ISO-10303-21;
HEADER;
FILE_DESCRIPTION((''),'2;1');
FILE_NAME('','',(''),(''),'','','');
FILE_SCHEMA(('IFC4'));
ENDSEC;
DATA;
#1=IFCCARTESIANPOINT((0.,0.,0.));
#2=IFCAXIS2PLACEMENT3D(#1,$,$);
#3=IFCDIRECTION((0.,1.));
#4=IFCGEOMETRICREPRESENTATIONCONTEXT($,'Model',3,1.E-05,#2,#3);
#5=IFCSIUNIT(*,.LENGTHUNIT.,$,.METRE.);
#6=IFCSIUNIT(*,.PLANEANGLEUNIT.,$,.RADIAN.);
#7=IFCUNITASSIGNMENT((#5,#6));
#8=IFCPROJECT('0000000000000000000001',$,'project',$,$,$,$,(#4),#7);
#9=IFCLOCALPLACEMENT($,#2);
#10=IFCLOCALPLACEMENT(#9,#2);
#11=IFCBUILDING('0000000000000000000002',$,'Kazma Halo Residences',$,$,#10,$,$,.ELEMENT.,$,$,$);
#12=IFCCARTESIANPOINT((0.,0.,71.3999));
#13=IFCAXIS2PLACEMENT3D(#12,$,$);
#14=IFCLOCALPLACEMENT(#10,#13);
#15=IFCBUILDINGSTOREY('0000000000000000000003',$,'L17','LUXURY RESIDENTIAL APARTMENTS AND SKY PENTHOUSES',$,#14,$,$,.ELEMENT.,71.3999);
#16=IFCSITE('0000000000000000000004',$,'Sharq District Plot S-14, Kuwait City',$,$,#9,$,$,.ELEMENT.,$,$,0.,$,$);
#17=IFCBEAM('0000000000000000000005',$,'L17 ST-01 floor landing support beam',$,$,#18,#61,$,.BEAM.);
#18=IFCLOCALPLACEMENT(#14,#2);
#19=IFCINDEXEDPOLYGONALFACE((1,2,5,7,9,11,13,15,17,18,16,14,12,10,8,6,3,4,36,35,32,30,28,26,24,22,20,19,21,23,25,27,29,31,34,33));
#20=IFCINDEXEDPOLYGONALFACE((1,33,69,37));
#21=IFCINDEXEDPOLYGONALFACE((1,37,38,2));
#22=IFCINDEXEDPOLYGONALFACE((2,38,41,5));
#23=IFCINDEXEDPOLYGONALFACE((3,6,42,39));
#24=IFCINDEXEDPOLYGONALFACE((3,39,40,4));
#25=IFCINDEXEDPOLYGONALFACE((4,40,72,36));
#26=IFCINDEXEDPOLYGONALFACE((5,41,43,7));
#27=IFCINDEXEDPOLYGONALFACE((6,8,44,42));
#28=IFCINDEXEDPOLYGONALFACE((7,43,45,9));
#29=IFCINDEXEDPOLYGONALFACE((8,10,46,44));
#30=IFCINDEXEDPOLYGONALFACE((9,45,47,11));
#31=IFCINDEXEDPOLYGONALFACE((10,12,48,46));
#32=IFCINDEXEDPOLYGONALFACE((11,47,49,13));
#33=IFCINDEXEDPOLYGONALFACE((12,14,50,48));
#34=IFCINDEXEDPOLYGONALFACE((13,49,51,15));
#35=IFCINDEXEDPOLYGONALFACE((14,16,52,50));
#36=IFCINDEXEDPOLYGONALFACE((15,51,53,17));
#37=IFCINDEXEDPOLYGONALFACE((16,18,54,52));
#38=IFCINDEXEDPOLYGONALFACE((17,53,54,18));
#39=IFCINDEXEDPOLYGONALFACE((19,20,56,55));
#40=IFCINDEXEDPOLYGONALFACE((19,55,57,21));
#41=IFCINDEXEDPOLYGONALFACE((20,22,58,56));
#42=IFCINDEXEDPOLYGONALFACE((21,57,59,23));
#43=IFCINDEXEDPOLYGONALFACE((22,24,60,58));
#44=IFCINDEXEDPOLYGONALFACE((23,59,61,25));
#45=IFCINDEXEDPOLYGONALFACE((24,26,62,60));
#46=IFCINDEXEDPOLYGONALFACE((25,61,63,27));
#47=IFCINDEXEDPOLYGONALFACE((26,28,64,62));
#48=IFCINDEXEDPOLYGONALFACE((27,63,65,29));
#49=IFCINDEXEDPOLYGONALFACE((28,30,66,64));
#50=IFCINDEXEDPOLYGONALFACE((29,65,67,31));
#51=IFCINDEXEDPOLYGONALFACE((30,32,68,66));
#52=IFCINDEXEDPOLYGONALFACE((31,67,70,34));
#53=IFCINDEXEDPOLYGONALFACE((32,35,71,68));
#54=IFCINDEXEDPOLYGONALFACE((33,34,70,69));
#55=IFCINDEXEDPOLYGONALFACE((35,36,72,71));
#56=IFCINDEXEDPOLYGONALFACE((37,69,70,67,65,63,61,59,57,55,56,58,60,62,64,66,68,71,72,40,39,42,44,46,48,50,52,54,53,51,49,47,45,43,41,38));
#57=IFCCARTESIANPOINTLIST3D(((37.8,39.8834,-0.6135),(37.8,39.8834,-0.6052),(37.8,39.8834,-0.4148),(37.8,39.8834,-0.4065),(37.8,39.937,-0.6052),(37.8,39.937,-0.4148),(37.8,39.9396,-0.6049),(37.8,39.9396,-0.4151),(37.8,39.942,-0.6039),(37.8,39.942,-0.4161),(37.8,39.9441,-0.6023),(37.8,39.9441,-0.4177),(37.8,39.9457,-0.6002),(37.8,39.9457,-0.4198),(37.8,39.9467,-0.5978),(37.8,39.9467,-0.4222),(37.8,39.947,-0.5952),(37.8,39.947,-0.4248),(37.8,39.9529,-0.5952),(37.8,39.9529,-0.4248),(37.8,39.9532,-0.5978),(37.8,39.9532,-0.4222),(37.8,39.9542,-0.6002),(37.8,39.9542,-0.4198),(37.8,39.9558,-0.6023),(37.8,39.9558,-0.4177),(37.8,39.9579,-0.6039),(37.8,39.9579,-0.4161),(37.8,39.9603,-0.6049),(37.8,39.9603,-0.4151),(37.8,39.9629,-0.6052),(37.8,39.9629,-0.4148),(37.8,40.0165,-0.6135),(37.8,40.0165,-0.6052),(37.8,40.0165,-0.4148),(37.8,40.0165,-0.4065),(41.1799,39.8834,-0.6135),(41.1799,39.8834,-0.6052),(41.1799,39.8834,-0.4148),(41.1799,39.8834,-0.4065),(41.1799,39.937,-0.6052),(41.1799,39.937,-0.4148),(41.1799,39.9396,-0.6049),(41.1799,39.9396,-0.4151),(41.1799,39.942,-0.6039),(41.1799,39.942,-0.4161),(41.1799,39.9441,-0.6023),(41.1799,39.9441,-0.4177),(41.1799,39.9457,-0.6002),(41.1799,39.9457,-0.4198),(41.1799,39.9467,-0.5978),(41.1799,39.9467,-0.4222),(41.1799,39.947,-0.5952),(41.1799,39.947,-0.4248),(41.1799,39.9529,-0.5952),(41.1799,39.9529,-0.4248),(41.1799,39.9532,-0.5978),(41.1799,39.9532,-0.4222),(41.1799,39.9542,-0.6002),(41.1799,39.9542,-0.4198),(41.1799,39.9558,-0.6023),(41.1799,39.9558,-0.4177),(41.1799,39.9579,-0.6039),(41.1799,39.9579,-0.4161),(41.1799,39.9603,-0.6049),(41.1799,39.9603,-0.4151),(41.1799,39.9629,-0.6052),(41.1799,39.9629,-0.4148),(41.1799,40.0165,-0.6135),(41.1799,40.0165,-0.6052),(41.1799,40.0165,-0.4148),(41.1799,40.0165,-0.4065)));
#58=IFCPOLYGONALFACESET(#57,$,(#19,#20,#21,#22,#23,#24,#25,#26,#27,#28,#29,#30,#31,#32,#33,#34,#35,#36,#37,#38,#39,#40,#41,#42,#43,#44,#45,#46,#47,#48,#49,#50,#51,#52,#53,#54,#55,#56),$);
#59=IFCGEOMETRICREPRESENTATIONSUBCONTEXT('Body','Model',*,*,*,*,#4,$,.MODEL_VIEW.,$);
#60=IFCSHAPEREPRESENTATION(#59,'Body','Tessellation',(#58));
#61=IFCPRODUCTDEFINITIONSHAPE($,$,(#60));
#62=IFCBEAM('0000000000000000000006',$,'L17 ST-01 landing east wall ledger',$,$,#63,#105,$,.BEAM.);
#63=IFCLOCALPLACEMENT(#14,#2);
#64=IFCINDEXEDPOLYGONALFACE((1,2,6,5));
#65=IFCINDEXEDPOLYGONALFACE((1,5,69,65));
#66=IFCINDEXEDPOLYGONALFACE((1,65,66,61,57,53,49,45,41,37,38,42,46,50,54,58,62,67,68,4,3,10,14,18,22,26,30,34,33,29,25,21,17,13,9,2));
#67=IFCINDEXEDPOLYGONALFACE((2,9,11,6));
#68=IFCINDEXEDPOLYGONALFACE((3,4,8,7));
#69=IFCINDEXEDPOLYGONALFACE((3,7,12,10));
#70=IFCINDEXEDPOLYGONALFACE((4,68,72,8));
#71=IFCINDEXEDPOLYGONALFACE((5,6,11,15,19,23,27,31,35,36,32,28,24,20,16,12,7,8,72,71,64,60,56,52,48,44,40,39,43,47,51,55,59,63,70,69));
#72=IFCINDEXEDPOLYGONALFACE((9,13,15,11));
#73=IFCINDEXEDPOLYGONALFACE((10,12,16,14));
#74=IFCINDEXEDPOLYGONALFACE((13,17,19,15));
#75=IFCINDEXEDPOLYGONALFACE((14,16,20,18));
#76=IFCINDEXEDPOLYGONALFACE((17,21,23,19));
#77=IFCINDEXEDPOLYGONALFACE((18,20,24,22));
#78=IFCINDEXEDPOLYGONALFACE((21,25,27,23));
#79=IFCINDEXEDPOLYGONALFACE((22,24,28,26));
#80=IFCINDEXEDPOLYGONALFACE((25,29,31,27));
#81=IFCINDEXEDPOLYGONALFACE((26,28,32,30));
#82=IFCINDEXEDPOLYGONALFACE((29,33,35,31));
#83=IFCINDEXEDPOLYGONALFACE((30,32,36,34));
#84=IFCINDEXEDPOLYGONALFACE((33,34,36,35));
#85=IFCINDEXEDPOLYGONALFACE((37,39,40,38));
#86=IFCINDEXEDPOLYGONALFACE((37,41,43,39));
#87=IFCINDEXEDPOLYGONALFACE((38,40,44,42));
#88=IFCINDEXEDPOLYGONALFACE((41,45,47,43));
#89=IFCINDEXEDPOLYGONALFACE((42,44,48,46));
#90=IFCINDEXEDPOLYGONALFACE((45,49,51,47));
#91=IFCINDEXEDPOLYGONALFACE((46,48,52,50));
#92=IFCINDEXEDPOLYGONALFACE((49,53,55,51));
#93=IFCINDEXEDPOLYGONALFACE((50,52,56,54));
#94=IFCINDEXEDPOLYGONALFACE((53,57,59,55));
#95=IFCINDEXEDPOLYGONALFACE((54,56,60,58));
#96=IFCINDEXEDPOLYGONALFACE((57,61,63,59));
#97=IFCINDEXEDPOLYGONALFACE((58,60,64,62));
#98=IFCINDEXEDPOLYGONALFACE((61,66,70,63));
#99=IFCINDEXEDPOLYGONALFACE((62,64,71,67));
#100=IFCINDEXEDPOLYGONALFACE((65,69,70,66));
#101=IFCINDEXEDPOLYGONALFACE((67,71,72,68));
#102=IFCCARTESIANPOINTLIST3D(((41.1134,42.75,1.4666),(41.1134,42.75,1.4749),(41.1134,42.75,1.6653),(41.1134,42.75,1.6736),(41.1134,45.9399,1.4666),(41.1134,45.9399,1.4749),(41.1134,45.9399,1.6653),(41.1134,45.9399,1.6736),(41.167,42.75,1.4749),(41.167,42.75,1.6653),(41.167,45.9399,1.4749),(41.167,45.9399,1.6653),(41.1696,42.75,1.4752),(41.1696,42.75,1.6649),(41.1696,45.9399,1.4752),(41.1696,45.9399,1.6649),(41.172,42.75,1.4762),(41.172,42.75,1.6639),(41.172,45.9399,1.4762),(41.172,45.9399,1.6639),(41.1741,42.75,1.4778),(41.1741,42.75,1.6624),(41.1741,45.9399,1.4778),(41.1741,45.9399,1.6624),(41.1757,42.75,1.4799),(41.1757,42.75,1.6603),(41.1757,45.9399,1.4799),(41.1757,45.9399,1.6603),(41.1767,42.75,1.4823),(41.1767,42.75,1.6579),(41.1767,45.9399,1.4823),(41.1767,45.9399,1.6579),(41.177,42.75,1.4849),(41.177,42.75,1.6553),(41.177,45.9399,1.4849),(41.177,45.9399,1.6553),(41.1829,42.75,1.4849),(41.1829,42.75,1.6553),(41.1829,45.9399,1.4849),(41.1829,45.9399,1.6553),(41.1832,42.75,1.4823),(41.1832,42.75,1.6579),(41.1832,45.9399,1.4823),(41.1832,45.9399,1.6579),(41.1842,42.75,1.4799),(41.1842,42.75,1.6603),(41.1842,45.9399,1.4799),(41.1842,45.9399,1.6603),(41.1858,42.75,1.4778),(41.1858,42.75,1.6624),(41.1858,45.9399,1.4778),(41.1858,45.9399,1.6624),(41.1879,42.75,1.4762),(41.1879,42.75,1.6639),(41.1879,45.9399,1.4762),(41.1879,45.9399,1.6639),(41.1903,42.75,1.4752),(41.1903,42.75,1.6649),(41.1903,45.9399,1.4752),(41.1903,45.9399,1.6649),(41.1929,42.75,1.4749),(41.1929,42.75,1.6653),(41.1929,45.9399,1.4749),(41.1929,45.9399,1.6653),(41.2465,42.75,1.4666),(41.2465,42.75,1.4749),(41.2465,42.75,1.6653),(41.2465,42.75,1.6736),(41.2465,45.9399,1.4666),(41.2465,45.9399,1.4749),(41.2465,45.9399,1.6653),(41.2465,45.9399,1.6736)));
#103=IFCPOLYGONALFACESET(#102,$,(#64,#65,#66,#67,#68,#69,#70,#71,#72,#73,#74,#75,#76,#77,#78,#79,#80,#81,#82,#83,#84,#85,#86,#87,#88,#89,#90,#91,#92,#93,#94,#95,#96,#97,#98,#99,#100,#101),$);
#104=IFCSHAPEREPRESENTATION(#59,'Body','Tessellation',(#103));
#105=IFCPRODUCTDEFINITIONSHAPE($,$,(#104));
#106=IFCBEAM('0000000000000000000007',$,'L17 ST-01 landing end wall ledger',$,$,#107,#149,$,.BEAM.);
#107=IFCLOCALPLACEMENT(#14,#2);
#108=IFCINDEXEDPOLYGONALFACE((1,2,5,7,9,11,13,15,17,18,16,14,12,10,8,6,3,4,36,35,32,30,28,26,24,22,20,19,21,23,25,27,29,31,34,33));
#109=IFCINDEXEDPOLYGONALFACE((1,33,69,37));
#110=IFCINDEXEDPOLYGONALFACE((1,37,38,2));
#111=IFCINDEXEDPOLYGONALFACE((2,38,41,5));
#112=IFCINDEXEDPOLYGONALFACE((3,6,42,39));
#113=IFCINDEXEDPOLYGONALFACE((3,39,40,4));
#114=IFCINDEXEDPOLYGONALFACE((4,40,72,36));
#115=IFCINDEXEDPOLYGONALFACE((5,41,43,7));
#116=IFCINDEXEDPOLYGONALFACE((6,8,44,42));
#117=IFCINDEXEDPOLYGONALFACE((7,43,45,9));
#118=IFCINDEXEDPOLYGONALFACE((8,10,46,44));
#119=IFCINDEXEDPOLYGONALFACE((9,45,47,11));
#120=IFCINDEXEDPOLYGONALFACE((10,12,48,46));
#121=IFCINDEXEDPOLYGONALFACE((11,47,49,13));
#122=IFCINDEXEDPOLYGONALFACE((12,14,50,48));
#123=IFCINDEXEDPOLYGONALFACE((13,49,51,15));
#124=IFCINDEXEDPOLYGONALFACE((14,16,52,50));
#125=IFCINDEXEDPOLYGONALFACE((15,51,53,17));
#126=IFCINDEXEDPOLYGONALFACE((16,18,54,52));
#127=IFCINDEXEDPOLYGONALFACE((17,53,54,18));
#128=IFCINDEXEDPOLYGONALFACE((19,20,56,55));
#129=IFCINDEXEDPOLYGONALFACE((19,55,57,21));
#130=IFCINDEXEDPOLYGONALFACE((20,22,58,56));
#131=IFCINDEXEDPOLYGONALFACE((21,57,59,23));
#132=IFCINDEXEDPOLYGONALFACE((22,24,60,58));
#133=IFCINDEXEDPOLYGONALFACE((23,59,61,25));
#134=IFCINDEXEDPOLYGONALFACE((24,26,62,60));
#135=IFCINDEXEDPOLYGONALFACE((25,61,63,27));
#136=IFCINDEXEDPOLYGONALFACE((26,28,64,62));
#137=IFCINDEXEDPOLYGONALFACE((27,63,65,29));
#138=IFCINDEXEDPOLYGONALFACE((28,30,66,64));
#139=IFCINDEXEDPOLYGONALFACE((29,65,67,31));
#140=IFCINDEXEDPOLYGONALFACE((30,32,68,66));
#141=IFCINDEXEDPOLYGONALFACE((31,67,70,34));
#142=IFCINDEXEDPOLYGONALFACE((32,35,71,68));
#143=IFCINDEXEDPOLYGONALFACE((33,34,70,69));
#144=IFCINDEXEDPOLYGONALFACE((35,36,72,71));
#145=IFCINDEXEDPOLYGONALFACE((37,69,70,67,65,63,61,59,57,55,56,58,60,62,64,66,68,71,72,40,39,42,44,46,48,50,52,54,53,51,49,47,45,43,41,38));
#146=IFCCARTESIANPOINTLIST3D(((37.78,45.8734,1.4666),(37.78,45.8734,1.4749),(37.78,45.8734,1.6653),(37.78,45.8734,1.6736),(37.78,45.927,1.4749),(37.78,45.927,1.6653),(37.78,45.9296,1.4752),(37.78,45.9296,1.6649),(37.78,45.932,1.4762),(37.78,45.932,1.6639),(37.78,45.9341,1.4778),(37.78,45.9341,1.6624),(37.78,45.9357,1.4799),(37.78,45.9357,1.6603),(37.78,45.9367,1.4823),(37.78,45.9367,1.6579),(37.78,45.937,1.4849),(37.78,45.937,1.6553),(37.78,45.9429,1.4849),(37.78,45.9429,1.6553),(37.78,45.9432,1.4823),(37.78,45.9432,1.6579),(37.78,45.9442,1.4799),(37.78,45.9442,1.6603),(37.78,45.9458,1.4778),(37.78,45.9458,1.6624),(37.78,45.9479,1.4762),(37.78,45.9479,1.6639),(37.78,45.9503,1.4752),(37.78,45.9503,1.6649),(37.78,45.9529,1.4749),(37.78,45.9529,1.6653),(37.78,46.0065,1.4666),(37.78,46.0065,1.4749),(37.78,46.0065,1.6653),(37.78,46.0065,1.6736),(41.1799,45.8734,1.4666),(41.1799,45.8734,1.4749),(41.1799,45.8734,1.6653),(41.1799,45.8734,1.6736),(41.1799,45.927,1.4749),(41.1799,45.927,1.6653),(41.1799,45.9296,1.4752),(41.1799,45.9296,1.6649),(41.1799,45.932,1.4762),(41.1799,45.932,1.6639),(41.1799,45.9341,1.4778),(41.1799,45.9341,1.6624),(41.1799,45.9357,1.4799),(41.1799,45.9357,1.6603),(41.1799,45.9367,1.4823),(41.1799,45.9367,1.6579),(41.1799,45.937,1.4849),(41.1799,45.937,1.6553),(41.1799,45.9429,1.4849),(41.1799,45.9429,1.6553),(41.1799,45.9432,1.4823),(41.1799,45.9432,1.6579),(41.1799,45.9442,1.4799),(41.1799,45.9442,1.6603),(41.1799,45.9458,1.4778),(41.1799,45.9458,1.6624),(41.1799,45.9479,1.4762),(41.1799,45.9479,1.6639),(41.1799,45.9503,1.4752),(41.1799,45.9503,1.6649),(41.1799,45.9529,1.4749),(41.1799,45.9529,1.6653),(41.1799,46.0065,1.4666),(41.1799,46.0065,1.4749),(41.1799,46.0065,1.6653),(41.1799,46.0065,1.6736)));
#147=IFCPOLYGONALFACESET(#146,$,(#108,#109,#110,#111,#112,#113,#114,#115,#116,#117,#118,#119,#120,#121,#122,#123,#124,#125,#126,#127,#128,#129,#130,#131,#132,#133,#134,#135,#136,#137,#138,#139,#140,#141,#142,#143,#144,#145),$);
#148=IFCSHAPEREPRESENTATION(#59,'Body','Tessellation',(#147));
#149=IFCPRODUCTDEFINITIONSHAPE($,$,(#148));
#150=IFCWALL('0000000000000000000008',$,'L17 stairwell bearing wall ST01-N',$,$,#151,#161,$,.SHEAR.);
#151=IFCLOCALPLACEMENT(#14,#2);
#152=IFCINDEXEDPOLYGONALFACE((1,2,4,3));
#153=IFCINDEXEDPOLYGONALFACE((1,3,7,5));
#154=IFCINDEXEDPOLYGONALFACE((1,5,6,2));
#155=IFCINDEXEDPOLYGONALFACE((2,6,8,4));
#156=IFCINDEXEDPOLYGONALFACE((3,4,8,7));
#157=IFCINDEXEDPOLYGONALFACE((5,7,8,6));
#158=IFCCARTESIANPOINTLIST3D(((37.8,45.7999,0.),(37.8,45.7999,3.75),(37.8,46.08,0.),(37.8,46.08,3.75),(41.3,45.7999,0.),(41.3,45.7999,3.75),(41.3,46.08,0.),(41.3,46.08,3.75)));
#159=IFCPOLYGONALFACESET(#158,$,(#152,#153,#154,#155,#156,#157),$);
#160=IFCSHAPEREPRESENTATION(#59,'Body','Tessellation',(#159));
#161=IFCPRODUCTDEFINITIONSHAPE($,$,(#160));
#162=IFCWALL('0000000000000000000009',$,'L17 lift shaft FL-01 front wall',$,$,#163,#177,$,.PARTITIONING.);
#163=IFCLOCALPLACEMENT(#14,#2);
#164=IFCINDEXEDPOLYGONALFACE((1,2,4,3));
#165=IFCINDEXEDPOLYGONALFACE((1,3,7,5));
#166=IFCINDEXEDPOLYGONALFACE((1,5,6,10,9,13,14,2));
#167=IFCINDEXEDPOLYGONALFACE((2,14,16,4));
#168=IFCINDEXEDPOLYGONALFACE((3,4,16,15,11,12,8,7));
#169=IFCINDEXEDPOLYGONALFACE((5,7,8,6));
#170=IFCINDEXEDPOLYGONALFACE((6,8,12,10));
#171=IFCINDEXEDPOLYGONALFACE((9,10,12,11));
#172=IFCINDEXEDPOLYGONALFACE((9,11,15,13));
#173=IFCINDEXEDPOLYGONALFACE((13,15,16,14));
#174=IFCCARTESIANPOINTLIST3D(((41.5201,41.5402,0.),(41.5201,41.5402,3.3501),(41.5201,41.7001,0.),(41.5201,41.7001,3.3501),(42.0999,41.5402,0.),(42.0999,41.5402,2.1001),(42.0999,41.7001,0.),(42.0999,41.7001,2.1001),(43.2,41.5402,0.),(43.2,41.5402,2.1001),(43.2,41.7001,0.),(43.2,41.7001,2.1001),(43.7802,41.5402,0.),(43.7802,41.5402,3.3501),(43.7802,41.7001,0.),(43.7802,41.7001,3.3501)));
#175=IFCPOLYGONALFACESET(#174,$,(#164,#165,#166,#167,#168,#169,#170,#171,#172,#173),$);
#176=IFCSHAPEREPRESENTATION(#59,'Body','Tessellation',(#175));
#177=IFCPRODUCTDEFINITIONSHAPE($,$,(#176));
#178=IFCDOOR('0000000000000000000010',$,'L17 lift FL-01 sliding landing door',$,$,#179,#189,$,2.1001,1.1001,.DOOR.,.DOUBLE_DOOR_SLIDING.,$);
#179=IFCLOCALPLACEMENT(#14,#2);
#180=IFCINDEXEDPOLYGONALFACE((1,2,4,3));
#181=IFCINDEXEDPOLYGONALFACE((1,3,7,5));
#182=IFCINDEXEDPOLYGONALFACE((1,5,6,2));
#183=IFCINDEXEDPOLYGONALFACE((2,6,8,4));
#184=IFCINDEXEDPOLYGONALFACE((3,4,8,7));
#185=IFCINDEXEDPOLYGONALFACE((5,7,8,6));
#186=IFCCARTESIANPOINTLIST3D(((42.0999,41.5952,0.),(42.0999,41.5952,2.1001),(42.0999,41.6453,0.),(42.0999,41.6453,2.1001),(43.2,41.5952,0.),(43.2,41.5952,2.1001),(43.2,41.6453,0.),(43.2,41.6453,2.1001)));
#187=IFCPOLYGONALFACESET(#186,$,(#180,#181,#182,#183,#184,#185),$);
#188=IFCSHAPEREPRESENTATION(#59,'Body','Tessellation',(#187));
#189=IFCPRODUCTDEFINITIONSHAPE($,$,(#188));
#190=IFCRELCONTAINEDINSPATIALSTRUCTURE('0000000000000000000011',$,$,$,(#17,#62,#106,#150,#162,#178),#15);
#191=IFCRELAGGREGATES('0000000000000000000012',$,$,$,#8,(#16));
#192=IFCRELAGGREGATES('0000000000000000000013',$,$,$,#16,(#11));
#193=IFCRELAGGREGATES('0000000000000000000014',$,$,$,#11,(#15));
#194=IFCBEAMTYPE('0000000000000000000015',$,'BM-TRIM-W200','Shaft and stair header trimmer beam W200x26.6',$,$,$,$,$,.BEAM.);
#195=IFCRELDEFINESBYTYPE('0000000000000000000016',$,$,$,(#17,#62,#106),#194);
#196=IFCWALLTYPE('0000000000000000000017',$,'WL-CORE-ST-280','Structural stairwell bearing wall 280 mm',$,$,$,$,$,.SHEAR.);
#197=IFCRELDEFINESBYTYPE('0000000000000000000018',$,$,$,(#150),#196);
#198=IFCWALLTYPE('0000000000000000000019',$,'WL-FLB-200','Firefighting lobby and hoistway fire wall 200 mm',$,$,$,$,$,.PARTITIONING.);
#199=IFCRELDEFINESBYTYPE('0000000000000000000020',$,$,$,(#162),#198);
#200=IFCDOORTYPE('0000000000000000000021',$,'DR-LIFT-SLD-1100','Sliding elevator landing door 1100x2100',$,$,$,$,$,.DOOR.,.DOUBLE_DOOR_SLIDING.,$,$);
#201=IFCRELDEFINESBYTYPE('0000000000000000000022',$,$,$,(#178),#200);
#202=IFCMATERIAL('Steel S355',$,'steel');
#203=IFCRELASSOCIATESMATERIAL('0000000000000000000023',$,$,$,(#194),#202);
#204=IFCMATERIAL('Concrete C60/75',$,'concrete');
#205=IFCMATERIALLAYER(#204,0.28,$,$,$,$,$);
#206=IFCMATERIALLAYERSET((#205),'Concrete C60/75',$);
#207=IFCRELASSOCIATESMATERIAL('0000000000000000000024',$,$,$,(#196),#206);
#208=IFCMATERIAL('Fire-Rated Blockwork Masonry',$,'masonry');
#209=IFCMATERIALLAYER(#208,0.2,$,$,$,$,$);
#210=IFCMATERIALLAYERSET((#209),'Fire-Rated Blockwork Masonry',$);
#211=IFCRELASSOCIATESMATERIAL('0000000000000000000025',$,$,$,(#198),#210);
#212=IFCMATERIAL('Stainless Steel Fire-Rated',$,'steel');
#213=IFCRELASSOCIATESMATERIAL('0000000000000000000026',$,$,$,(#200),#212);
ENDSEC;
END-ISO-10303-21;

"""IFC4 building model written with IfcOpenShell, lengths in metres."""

from ifc_helpers import new_model, si_unit, direction, frame, frame_2d, origin, origin_2d, place, context, subcontext, project, spatial, rectangle, i_section, extrude, material, layer, layer_set, material_profile, profile_set, type_object, element, fill, save


model = new_model("IFC4")

# Units and contexts
model_context = context("Model", 3, precision=1e-05, world=origin(), true_north=direction((0.0, 1.0)))
body_context = subcontext(model_context, "Body", "Model", "MODEL_VIEW")
ifc_project = project(units=[si_unit("LENGTHUNIT", "METRE"), si_unit("PLANEANGLEUNIT", "RADIAN")], contexts=[model_context])

# Site, building, storey
site_placement = place(None, origin())
site = spatial("IfcSite", under=ifc_project, at=site_placement, Name="Sharq District Plot S-14, Kuwait City", CompositionType="ELEMENT", RefElevation=0.0)
building_placement = place(site_placement, origin())
building = spatial("IfcBuilding", under=site, at=building_placement, Name="Kazma Halo Residences", CompositionType="ELEMENT")
storey_placement = place(building_placement, frame((0.0, 0.0, 71.3999)))
storey = spatial("IfcBuildingStorey", under=building, at=storey_placement, Name="L17", Description="LUXURY RESIDENTIAL APARTMENTS AND SKY PENTHOUSES", CompositionType="ELEMENT", Elevation=71.3999)

# Shared definitions
ifc_material_1 = material(Name="Steel S355", Category="steel")

# Beams
ifc_material_profile_1 = material_profile(ifc_material_1, i_section(OverallWidth=0.1331, OverallDepth=0.207, WebThickness=0.0059, FlangeThickness=0.0083, FilletRadius=0.01, at=origin_2d()), Name="W200x26.6")
ifc_profile_set_1 = profile_set([ifc_material_profile_1], Name="Steel S355")
beam_type_1 = type_object("IfcBeamType", Name="BM-TRIM-W200", Description="Shaft and stair header trimmer beam W200x26.6", PredefinedType="BEAM", material=ifc_profile_set_1)
beam_1_placement = place(storey_placement, frame((37.8, 39.95, -0.51), z_axis=(1.0, 0.0, 0.0), x_axis=(0.0, 1.0, 0.0)))
element("IfcBeam", 1, at=beam_1_placement, inside=storey, type_object=beam_type_1, Name="L17 ST-01 floor landing support beam", PredefinedType="BEAM", context=body_context, shape_type="SweptSolid", body=[
    extrude(i_section(OverallWidth=0.1331, OverallDepth=0.207, WebThickness=0.0059, FlangeThickness=0.0083, FilletRadius=0.01, at=origin_2d()), origin(), (0.0, 0.0, 1.0), 3.3799),
])
beam_2_placement = place(storey_placement, frame((41.1799, 42.75, 1.5701), z_axis=(0.0, 1.0, 0.0), x_axis=(-1.0, 0.0, 0.0)))
element("IfcBeam", 2, at=beam_2_placement, inside=storey, type_object=beam_type_1, Name="L17 ST-01 landing east wall ledger", PredefinedType="BEAM", context=body_context, shape_type="SweptSolid", body=[
    extrude(i_section(OverallWidth=0.1331, OverallDepth=0.207, WebThickness=0.0059, FlangeThickness=0.0083, FilletRadius=0.01, at=origin_2d()), origin(), (0.0, 0.0, 1.0), 3.1899),
])
beam_3_placement = place(storey_placement, frame((37.78, 45.9399, 1.5701), z_axis=(1.0, 0.0, 0.0), x_axis=(0.0, 1.0, 0.0)))
element("IfcBeam", 3, at=beam_3_placement, inside=storey, type_object=beam_type_1, Name="L17 ST-01 landing end wall ledger", PredefinedType="BEAM", context=body_context, shape_type="SweptSolid", body=[
    extrude(i_section(OverallWidth=0.1331, OverallDepth=0.207, WebThickness=0.0059, FlangeThickness=0.0083, FilletRadius=0.01, at=origin_2d()), origin(), (0.0, 0.0, 1.0), 3.3999),
])

# Wall
ifc_material_2 = material(Name="Concrete C60/75", Category="concrete")
ifc_layer_1 = layer(ifc_material_2, 0.28)
ifc_layer_set_1 = layer_set([ifc_layer_1], Name="Concrete C60/75")
wall_type_1 = type_object("IfcWallType", Name="WL-CORE-ST-280", Description="Structural stairwell bearing wall 280 mm", PredefinedType="SHEAR", material=ifc_layer_set_1)
wall_1_placement = place(storey_placement, frame((37.8, 45.9399, 0.0), z_axis=(0.0, 0.0, 1.0), x_axis=(1.0, 0.0, 0.0)))
element("IfcWall", 4, at=wall_1_placement, inside=storey, type_object=wall_type_1, Name="L17 stairwell bearing wall ST01-N", PredefinedType="SHEAR", context=body_context, shape_type="SweptSolid", body=[
    extrude(rectangle(XDim=3.5, YDim=0.28, at=frame_2d((1.75, 0.0))), origin(), (0.0, 0.0, 1.0), 3.75),
])

# Wall, opening, door
ifc_material_3 = material(Name="Fire-Rated Blockwork Masonry", Category="masonry")
ifc_layer_2 = layer(ifc_material_3, 0.2)
ifc_layer_set_2 = layer_set([ifc_layer_2], Name="Fire-Rated Blockwork Masonry")
wall_type_2 = type_object("IfcWallType", Name="WL-FLB-200", Description="Firefighting lobby and hoistway fire wall 200 mm", PredefinedType="PARTITIONING", material=ifc_layer_set_2)
wall_2_placement = place(storey_placement, frame((43.78, 41.6201, 0.0), z_axis=(0.0, 0.0, 1.0), x_axis=(-1.0, 0.0, 0.0)))
wall_2 = element("IfcWall", 5, at=wall_2_placement, inside=storey, type_object=wall_type_2, Name="L17 lift shaft FL-01 front wall", PredefinedType="PARTITIONING", context=body_context, shape_type="SweptSolid", body=[
    extrude(rectangle(XDim=2.26, YDim=0.1599, at=frame_2d((1.1299, 0.0))), origin(), (0.0, 0.0, 1.0), 3.3501),
])
opening_placement = place(wall_2_placement, frame((0.5801, 0.0, 0.0)))
opening = element("IfcOpeningElement", 6, at=opening_placement, cuts=wall_2, PredefinedType="OPENING", context=body_context, shape_type="SweptSolid", body=[
    extrude(rectangle(XDim=1.1001, YDim=2.1001, at=frame_2d((0.55, 1.05))), frame((0.0, 0.0898, 0.0), z_axis=(0.0, -1.0, 0.0), x_axis=(1.0, 0.0, 0.0)), (0.0, 0.0, 1.0), 0.1799),
])
ifc_material_4 = material(Name="Stainless Steel Fire-Rated", Category="steel")
door_type = type_object("IfcDoorType", Name="DR-LIFT-SLD-1100", Description="Sliding elevator landing door 1100x2100", OperationType="DOUBLE_DOOR_SLIDING", PredefinedType="DOOR", material=ifc_material_4)
door_placement = place(opening_placement, origin())
door = element("IfcDoor", 7, at=door_placement, inside=storey, type_object=door_type, Name="L17 lift FL-01 sliding landing door", OperationType="DOUBLE_DOOR_SLIDING", OverallHeight=2.1001, OverallWidth=1.1001, PredefinedType="DOOR", context=body_context, shape_type="SweptSolid", body=[
    extrude(rectangle(XDim=1.1001, YDim=2.1001, at=frame_2d((0.55, 1.05))), frame((0.0, 0.0249, 0.0), z_axis=(0.0, -1.0, 0.0), x_axis=(1.0, 0.0, 0.0)), (0.0, 0.0, 1.0), 0.05),
])
fill(opening, door)

save(model, "model.ifc")
